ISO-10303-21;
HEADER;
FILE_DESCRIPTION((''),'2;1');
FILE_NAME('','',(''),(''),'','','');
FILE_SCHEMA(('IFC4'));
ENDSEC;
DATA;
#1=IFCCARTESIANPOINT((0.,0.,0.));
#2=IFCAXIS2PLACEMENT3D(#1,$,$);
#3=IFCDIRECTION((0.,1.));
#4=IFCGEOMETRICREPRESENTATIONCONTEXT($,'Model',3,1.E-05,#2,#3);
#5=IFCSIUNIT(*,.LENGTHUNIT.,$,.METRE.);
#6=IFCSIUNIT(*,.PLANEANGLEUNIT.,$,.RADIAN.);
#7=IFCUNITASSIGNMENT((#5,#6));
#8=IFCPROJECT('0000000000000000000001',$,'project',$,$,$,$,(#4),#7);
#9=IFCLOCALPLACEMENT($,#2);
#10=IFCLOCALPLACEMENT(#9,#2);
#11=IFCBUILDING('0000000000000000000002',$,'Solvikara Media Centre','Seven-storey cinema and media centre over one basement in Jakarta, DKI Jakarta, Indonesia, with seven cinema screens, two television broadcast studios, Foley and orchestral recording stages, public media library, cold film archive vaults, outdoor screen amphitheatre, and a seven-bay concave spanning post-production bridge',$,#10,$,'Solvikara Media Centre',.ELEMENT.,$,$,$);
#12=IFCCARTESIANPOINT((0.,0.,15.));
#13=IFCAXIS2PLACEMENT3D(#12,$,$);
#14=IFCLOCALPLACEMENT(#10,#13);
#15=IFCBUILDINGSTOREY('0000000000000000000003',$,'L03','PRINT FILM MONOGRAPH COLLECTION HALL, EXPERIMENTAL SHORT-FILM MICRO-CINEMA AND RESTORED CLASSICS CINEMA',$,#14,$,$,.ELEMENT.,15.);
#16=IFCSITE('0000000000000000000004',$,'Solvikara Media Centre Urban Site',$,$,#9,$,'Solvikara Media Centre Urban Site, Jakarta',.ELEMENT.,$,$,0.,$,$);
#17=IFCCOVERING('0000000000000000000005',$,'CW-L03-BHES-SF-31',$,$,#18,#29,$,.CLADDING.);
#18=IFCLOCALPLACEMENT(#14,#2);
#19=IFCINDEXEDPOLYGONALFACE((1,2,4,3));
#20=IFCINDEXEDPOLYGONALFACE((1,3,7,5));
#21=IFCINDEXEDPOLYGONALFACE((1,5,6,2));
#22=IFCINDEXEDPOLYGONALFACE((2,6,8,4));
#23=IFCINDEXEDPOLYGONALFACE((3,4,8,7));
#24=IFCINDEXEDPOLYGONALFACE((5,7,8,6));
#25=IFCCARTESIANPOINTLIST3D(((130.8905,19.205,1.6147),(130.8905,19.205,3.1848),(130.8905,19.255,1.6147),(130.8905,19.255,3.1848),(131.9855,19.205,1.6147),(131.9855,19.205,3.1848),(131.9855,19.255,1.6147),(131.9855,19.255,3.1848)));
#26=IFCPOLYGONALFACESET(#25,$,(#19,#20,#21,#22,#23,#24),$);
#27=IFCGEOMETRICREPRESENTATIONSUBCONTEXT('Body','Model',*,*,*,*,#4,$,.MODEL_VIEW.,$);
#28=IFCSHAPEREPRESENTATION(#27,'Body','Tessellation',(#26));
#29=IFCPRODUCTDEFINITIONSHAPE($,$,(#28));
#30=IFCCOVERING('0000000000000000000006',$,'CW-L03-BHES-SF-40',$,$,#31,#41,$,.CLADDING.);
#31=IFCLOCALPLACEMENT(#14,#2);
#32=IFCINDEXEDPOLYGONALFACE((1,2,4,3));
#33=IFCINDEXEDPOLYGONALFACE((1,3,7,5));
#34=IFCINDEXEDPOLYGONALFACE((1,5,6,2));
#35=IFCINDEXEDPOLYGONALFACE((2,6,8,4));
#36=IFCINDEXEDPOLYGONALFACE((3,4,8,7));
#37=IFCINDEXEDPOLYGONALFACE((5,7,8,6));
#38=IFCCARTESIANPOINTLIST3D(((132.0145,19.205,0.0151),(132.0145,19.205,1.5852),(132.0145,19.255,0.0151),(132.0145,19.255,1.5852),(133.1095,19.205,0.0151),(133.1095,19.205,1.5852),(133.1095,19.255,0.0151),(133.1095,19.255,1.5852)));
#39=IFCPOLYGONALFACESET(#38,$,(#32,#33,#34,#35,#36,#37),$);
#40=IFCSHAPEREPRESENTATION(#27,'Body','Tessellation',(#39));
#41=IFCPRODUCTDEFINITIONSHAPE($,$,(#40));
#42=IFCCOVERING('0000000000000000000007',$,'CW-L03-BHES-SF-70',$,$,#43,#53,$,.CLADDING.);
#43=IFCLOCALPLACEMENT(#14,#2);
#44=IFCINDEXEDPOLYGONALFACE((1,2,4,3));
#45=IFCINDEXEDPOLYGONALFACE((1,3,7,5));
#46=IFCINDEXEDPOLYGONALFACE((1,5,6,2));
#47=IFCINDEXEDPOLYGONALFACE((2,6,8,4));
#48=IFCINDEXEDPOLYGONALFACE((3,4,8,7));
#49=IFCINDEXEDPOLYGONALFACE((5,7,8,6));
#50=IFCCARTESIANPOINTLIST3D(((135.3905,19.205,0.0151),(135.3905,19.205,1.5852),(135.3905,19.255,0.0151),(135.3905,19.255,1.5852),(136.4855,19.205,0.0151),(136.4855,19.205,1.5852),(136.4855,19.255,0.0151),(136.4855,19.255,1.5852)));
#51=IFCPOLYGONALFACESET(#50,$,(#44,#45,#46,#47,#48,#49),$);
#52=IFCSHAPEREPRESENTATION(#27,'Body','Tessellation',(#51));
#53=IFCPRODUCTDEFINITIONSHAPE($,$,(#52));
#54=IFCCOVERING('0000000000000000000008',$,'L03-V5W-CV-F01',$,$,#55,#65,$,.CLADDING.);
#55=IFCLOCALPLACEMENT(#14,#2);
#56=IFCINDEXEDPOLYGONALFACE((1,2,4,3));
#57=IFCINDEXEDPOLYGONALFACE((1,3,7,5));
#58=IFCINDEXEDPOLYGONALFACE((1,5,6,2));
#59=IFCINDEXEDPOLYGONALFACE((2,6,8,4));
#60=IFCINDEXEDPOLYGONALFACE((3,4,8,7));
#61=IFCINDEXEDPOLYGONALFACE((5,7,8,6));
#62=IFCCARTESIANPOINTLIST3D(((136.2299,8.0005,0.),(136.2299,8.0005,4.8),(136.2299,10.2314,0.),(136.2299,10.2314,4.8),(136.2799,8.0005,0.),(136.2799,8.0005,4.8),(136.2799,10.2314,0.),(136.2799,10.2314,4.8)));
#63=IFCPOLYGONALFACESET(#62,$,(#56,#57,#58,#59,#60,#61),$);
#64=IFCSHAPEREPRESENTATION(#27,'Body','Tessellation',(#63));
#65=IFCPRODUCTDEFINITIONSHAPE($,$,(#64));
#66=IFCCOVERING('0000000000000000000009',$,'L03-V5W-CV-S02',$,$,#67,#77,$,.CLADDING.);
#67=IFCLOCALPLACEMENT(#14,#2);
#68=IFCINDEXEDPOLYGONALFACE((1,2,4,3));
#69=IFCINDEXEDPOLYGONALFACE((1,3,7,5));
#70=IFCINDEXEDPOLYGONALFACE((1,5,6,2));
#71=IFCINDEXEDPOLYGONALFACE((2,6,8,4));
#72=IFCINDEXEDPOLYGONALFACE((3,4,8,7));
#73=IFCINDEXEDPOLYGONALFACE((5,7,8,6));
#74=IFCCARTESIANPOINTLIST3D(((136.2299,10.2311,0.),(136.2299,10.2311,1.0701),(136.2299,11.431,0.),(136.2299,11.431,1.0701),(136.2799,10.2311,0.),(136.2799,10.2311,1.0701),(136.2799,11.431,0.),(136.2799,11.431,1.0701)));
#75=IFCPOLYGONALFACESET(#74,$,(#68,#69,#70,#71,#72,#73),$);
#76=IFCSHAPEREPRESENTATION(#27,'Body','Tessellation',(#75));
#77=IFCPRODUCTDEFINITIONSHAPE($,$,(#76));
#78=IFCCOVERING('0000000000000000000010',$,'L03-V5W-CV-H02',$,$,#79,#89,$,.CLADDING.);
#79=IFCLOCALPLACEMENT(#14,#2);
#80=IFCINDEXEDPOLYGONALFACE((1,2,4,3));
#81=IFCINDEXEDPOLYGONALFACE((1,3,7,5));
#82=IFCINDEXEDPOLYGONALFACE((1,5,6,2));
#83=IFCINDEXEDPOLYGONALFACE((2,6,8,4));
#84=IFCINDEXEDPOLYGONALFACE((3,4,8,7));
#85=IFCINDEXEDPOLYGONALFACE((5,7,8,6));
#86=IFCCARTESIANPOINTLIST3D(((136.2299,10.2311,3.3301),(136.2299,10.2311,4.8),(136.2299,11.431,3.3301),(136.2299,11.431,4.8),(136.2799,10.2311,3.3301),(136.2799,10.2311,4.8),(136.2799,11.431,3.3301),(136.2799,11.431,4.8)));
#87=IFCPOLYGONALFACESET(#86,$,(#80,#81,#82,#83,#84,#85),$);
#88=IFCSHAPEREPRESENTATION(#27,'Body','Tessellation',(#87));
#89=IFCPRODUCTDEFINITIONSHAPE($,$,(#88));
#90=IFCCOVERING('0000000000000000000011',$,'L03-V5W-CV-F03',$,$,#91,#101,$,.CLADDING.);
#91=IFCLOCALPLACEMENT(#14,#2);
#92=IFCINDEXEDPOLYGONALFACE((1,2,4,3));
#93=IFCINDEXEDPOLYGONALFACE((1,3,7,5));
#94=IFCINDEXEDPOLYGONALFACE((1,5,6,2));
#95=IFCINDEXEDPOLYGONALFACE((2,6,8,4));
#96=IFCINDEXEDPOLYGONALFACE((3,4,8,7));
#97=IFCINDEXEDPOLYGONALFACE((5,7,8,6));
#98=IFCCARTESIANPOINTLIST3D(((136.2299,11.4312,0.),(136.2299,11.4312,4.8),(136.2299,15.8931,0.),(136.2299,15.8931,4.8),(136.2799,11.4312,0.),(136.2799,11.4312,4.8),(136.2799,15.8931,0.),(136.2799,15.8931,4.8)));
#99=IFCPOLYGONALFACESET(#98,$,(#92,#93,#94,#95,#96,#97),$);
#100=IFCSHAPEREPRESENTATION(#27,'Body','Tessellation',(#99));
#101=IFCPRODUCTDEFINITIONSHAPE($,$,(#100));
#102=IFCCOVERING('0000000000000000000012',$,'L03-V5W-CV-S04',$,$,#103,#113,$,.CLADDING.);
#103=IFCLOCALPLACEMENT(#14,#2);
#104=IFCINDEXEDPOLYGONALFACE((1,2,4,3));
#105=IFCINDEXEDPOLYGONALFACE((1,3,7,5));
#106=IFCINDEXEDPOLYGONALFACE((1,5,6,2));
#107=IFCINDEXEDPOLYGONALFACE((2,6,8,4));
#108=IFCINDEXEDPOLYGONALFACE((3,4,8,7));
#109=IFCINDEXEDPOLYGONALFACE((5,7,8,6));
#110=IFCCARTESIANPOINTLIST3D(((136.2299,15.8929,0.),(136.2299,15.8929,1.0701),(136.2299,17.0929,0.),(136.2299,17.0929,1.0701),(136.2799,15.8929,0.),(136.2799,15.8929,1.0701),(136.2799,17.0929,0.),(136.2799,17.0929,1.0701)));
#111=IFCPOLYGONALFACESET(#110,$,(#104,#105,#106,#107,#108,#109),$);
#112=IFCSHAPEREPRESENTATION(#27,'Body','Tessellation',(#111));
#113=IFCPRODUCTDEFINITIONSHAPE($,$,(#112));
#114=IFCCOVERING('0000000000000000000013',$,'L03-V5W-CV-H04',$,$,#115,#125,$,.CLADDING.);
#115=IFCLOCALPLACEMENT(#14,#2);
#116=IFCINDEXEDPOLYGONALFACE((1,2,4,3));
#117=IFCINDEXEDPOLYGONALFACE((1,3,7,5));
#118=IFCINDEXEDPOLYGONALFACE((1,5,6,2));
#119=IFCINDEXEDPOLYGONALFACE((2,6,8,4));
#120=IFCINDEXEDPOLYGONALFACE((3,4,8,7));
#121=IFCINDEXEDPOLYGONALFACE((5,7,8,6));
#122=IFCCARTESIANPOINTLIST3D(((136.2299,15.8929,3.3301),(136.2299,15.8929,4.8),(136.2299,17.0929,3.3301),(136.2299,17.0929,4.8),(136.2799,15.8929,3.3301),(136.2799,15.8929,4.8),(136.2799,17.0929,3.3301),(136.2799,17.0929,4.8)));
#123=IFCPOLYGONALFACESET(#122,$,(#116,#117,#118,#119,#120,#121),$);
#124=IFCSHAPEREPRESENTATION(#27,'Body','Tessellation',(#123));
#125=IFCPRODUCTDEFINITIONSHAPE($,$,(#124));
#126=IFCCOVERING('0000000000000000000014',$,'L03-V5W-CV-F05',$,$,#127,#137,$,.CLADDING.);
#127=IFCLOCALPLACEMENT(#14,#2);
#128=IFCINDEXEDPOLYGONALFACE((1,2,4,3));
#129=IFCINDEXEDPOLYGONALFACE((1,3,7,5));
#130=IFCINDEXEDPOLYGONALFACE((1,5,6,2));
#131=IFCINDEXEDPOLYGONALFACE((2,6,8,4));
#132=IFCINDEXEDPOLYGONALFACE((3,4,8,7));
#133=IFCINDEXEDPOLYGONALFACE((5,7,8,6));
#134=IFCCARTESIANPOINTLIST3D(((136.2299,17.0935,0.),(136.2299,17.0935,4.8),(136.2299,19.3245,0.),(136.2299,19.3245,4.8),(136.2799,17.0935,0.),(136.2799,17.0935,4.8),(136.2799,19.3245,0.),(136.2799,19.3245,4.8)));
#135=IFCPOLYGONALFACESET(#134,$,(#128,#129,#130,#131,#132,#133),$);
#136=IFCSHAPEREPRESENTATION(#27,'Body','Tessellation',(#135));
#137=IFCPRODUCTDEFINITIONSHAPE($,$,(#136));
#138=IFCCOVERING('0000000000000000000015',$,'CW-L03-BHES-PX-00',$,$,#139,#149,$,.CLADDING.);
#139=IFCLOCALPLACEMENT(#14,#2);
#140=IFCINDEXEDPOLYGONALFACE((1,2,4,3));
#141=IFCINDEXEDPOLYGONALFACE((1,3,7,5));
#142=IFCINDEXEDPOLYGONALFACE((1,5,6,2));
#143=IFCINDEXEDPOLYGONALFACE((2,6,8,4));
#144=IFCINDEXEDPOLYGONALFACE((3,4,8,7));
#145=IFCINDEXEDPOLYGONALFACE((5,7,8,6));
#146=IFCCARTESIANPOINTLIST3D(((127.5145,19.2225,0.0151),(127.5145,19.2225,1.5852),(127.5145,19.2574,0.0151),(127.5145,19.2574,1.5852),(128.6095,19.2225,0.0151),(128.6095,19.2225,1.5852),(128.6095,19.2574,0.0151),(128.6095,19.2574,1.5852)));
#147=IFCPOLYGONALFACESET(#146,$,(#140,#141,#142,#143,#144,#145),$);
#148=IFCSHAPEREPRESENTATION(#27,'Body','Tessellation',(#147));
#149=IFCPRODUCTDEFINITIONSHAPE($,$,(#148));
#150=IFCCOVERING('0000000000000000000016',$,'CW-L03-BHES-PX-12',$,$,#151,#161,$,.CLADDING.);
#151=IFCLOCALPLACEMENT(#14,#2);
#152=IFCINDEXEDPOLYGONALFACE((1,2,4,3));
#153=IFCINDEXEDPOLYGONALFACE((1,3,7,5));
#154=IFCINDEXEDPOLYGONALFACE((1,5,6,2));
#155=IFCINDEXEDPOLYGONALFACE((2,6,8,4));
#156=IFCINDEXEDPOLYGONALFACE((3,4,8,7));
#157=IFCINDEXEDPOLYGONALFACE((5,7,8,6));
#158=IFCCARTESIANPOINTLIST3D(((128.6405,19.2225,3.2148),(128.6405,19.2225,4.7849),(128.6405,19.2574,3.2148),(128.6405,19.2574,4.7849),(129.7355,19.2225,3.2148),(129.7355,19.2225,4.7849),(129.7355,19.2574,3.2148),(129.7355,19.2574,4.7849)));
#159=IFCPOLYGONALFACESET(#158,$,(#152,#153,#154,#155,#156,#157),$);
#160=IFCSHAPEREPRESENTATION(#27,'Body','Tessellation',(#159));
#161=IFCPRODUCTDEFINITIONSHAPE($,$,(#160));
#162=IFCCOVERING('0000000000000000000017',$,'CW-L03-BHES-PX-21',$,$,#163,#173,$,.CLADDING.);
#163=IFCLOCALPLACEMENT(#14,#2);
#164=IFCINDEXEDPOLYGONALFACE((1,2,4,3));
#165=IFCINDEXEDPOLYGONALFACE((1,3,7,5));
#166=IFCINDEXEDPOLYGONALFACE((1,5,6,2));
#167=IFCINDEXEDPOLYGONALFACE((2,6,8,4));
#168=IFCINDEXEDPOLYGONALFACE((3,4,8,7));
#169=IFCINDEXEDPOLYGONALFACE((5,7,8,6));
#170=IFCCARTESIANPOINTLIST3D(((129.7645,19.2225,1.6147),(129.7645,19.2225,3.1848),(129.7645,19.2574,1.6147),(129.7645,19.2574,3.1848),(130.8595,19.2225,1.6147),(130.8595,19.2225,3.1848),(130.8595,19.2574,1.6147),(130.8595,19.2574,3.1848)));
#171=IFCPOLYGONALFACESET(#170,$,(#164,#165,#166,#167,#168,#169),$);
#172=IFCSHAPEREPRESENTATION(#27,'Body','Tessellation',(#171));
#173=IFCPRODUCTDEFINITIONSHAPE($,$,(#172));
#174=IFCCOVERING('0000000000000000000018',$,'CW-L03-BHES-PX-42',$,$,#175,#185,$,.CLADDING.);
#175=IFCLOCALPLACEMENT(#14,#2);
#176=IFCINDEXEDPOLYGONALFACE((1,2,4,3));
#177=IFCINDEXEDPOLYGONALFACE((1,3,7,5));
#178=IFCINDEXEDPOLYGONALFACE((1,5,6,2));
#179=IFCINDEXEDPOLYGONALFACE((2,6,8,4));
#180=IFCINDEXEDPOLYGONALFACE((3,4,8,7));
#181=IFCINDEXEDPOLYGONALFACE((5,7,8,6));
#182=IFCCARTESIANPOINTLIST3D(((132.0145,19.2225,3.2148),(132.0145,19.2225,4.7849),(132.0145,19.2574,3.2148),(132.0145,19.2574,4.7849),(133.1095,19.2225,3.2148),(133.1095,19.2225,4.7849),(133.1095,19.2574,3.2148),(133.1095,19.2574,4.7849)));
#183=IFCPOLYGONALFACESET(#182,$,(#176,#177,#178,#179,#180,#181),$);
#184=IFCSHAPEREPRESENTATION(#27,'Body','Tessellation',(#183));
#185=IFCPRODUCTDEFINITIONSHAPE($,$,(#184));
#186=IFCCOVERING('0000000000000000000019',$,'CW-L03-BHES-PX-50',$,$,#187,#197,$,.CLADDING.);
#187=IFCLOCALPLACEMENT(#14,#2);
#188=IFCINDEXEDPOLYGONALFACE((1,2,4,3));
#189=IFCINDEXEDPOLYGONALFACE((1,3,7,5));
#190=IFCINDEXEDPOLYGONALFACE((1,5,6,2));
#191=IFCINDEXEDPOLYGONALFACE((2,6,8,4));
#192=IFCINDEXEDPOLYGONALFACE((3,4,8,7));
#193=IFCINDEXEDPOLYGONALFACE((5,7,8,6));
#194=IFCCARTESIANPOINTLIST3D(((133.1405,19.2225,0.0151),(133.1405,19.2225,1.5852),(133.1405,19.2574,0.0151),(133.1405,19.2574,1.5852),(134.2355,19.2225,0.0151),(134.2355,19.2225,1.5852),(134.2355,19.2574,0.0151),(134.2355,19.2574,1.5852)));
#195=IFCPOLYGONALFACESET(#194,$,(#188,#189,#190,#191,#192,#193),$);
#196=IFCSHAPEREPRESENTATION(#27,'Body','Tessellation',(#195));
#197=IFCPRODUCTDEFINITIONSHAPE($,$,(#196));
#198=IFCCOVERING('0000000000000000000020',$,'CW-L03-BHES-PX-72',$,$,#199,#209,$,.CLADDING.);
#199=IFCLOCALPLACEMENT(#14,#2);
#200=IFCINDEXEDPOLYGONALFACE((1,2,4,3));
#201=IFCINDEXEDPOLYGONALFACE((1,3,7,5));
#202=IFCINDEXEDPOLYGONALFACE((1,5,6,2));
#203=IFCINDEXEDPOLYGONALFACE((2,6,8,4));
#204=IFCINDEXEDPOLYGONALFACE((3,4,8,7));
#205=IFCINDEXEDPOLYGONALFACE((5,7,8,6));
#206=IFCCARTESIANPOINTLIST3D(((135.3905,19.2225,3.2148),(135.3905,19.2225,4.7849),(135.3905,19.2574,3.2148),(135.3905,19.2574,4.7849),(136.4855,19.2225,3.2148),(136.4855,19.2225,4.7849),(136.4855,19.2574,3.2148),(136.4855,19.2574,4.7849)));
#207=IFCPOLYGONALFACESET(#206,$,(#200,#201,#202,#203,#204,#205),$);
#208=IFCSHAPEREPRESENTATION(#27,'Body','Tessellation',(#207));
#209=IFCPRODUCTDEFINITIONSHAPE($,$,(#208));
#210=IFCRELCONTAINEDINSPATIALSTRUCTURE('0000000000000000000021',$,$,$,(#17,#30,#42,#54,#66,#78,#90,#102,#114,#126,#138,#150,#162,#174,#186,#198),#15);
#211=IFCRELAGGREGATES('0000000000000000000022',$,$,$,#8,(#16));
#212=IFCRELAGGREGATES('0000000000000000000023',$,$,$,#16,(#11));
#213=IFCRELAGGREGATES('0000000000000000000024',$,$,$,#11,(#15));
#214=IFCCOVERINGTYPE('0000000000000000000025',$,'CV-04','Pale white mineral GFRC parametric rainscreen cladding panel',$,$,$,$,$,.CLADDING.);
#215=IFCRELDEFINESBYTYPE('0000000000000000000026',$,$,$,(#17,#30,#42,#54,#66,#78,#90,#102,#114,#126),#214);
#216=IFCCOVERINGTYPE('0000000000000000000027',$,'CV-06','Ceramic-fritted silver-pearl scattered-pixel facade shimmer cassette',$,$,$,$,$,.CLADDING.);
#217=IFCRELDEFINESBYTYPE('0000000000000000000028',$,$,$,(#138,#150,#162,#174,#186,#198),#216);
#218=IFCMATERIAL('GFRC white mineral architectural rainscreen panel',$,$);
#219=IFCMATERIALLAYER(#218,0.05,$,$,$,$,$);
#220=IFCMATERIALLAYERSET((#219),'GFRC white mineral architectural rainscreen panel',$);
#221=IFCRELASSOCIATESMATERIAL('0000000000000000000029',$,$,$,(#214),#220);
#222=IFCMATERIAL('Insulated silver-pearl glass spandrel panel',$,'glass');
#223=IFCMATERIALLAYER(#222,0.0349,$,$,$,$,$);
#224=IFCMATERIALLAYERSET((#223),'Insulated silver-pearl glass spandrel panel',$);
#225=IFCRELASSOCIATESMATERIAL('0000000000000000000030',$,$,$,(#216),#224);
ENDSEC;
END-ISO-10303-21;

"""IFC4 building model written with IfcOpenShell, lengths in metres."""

from ifc_helpers import new_model, si_unit, direction, frame, origin, origin_2d, place, context, subcontext, project, spatial, rectangle, extrude, material, layer, layer_set, type_object, element, save


model = new_model("IFC4")

# Units and contexts
model_context = context("Model", 3, precision=1e-05, world=origin(), true_north=direction((0.0, 1.0)))
body_context = subcontext(model_context, "Body", "Model", "MODEL_VIEW")
ifc_project = project(units=[si_unit("LENGTHUNIT", "METRE"), si_unit("PLANEANGLEUNIT", "RADIAN")], contexts=[model_context])

# Site, building, storey
site_placement = place(None, origin())
site = spatial("IfcSite", under=ifc_project, at=site_placement, Name="Solvikara Media Centre Urban Site", LongName="Solvikara Media Centre Urban Site, Jakarta", CompositionType="ELEMENT", RefElevation=0.0)
building_placement = place(site_placement, origin())
building = spatial("IfcBuilding", under=site, at=building_placement, Name="Solvikara Media Centre", Description="Seven-storey cinema and media centre over one basement in Jakarta, DKI Jakarta, Indonesia, with seven cinema screens, two television broadcast studios, Foley and orchestral recording stages, public media library, cold film archive vaults, outdoor screen amphitheatre, and a seven-bay concave spanning post-production bridge", LongName="Solvikara Media Centre", CompositionType="ELEMENT")
storey_placement = place(building_placement, frame((0.0, 0.0, 15.0)))
storey = spatial("IfcBuildingStorey", under=building, at=storey_placement, Name="L03", Description="PRINT FILM MONOGRAPH COLLECTION HALL, EXPERIMENTAL SHORT-FILM MICRO-CINEMA AND RESTORED CLASSICS CINEMA", CompositionType="ELEMENT", Elevation=15.0)

# Coverings
ifc_material_1 = material(Name="GFRC white mineral architectural rainscreen panel")
ifc_layer_1 = layer(ifc_material_1, 0.05)
ifc_layer_set_1 = layer_set([ifc_layer_1], Name="GFRC white mineral architectural rainscreen panel")
covering_type_1 = type_object("IfcCoveringType", Name="CV-04", Description="Pale white mineral GFRC parametric rainscreen cladding panel", PredefinedType="CLADDING", material=ifc_layer_set_1)
for number, where, z_axis, x_axis, name in (
    (1, (131.438, 19.23, 1.6147), (0.0, 0.0, 1.0), (1.0, 0.0, 0.0), "CW-L03-BHES-SF-31"),
    (2, (132.562, 19.23, 0.0151), (0.0, 0.0, 1.0), (1.0, 0.0, 0.0), "CW-L03-BHES-SF-40"),
    (3, (135.938, 19.23, 0.0151), (0.0, 0.0, 1.0), (1.0, 0.0, 0.0), "CW-L03-BHES-SF-70"),
):
    element("IfcCovering", number, at=place(storey_placement, frame(where, z_axis=z_axis, x_axis=x_axis)), inside=storey, type_object=covering_type_1, Name=name, PredefinedType="CLADDING", context=body_context, shape_type="SweptSolid", body=[
        extrude(rectangle(XDim=1.095, YDim=0.05, at=origin_2d()), origin(), (0.0, 0.0, 1.0), 1.5701),
    ])
covering_1_placement = place(storey_placement, frame((136.2549, 9.116, 0.0), z_axis=(0.0, 0.0, 1.0), x_axis=(0.0, 1.0, 0.0)))
element("IfcCovering", 4, at=covering_1_placement, inside=storey, type_object=covering_type_1, Name="L03-V5W-CV-F01", PredefinedType="CLADDING", context=body_context, shape_type="SweptSolid", body=[
    extrude(rectangle(XDim=2.231, YDim=0.05, at=origin_2d()), origin(), (0.0, 0.0, 1.0), 4.8),
])
covering_2_placement = place(storey_placement, frame((136.2549, 10.8311, 0.0), z_axis=(0.0, 0.0, 1.0), x_axis=(0.0, 1.0, 0.0)))
element("IfcCovering", 5, at=covering_2_placement, inside=storey, type_object=covering_type_1, Name="L03-V5W-CV-S02", PredefinedType="CLADDING", context=body_context, shape_type="SweptSolid", body=[
    extrude(rectangle(XDim=1.2, YDim=0.05, at=origin_2d()), origin(), (0.0, 0.0, 1.0), 1.0701),
])
covering_3_placement = place(storey_placement, frame((136.2549, 10.8311, 3.3301), z_axis=(0.0, 0.0, 1.0), x_axis=(0.0, 1.0, 0.0)))
element("IfcCovering", 6, at=covering_3_placement, inside=storey, type_object=covering_type_1, Name="L03-V5W-CV-H02", PredefinedType="CLADDING", context=body_context, shape_type="SweptSolid", body=[
    extrude(rectangle(XDim=1.2, YDim=0.05, at=origin_2d()), origin(), (0.0, 0.0, 1.0), 1.47),
])
covering_4_placement = place(storey_placement, frame((136.2549, 13.6621, 0.0), z_axis=(0.0, 0.0, 1.0), x_axis=(0.0, 1.0, 0.0)))
element("IfcCovering", 7, at=covering_4_placement, inside=storey, type_object=covering_type_1, Name="L03-V5W-CV-F03", PredefinedType="CLADDING", context=body_context, shape_type="SweptSolid", body=[
    extrude(rectangle(XDim=4.4619, YDim=0.05, at=origin_2d()), origin(), (0.0, 0.0, 1.0), 4.8),
])
covering_5_placement = place(storey_placement, frame((136.2549, 16.4929, 0.0), z_axis=(0.0, 0.0, 1.0), x_axis=(0.0, 1.0, 0.0)))
element("IfcCovering", 8, at=covering_5_placement, inside=storey, type_object=covering_type_1, Name="L03-V5W-CV-S04", PredefinedType="CLADDING", context=body_context, shape_type="SweptSolid", body=[
    extrude(rectangle(XDim=1.2, YDim=0.05, at=origin_2d()), origin(), (0.0, 0.0, 1.0), 1.0701),
])
covering_6_placement = place(storey_placement, frame((136.2549, 16.4929, 3.3301), z_axis=(0.0, 0.0, 1.0), x_axis=(0.0, 1.0, 0.0)))
element("IfcCovering", 9, at=covering_6_placement, inside=storey, type_object=covering_type_1, Name="L03-V5W-CV-H04", PredefinedType="CLADDING", context=body_context, shape_type="SweptSolid", body=[
    extrude(rectangle(XDim=1.2, YDim=0.05, at=origin_2d()), origin(), (0.0, 0.0, 1.0), 1.47),
])
covering_7_placement = place(storey_placement, frame((136.2549, 18.209, 0.0), z_axis=(0.0, 0.0, 1.0), x_axis=(0.0, 1.0, 0.0)))
element("IfcCovering", 10, at=covering_7_placement, inside=storey, type_object=covering_type_1, Name="L03-V5W-CV-F05", PredefinedType="CLADDING", context=body_context, shape_type="SweptSolid", body=[
    extrude(rectangle(XDim=2.231, YDim=0.05, at=origin_2d()), origin(), (0.0, 0.0, 1.0), 4.8),
])
ifc_material_2 = material(Name="Insulated silver-pearl glass spandrel panel", Category="glass")
ifc_layer_2 = layer(ifc_material_2, 0.0349)
ifc_layer_set_2 = layer_set([ifc_layer_2], Name="Insulated silver-pearl glass spandrel panel")
covering_type_2 = type_object("IfcCoveringType", Name="CV-06", Description="Ceramic-fritted silver-pearl scattered-pixel facade shimmer cassette", PredefinedType="CLADDING", material=ifc_layer_set_2)
for number, where, z_axis, x_axis, name in (
    (11, (128.062, 19.24, 0.0151), (0.0, 0.0, 1.0), (1.0, 0.0, 0.0), "CW-L03-BHES-PX-00"),
    (12, (129.188, 19.24, 3.2148), (0.0, 0.0, 1.0), (1.0, 0.0, 0.0), "CW-L03-BHES-PX-12"),
    (13, (130.312, 19.24, 1.6147), (0.0, 0.0, 1.0), (1.0, 0.0, 0.0), "CW-L03-BHES-PX-21"),
    (14, (132.562, 19.24, 3.2148), (0.0, 0.0, 1.0), (1.0, 0.0, 0.0), "CW-L03-BHES-PX-42"),
    (15, (133.688, 19.24, 0.0151), (0.0, 0.0, 1.0), (1.0, 0.0, 0.0), "CW-L03-BHES-PX-50"),
    (16, (135.938, 19.24, 3.2148), (0.0, 0.0, 1.0), (1.0, 0.0, 0.0), "CW-L03-BHES-PX-72"),
):
    element("IfcCovering", number, at=place(storey_placement, frame(where, z_axis=z_axis, x_axis=x_axis)), inside=storey, type_object=covering_type_2, Name=name, PredefinedType="CLADDING", context=body_context, shape_type="SweptSolid", body=[
        extrude(rectangle(XDim=1.095, YDim=0.0349, at=origin_2d()), origin(), (0.0, 0.0, 1.0), 1.5701),
    ])

save(model, "model.ifc")
